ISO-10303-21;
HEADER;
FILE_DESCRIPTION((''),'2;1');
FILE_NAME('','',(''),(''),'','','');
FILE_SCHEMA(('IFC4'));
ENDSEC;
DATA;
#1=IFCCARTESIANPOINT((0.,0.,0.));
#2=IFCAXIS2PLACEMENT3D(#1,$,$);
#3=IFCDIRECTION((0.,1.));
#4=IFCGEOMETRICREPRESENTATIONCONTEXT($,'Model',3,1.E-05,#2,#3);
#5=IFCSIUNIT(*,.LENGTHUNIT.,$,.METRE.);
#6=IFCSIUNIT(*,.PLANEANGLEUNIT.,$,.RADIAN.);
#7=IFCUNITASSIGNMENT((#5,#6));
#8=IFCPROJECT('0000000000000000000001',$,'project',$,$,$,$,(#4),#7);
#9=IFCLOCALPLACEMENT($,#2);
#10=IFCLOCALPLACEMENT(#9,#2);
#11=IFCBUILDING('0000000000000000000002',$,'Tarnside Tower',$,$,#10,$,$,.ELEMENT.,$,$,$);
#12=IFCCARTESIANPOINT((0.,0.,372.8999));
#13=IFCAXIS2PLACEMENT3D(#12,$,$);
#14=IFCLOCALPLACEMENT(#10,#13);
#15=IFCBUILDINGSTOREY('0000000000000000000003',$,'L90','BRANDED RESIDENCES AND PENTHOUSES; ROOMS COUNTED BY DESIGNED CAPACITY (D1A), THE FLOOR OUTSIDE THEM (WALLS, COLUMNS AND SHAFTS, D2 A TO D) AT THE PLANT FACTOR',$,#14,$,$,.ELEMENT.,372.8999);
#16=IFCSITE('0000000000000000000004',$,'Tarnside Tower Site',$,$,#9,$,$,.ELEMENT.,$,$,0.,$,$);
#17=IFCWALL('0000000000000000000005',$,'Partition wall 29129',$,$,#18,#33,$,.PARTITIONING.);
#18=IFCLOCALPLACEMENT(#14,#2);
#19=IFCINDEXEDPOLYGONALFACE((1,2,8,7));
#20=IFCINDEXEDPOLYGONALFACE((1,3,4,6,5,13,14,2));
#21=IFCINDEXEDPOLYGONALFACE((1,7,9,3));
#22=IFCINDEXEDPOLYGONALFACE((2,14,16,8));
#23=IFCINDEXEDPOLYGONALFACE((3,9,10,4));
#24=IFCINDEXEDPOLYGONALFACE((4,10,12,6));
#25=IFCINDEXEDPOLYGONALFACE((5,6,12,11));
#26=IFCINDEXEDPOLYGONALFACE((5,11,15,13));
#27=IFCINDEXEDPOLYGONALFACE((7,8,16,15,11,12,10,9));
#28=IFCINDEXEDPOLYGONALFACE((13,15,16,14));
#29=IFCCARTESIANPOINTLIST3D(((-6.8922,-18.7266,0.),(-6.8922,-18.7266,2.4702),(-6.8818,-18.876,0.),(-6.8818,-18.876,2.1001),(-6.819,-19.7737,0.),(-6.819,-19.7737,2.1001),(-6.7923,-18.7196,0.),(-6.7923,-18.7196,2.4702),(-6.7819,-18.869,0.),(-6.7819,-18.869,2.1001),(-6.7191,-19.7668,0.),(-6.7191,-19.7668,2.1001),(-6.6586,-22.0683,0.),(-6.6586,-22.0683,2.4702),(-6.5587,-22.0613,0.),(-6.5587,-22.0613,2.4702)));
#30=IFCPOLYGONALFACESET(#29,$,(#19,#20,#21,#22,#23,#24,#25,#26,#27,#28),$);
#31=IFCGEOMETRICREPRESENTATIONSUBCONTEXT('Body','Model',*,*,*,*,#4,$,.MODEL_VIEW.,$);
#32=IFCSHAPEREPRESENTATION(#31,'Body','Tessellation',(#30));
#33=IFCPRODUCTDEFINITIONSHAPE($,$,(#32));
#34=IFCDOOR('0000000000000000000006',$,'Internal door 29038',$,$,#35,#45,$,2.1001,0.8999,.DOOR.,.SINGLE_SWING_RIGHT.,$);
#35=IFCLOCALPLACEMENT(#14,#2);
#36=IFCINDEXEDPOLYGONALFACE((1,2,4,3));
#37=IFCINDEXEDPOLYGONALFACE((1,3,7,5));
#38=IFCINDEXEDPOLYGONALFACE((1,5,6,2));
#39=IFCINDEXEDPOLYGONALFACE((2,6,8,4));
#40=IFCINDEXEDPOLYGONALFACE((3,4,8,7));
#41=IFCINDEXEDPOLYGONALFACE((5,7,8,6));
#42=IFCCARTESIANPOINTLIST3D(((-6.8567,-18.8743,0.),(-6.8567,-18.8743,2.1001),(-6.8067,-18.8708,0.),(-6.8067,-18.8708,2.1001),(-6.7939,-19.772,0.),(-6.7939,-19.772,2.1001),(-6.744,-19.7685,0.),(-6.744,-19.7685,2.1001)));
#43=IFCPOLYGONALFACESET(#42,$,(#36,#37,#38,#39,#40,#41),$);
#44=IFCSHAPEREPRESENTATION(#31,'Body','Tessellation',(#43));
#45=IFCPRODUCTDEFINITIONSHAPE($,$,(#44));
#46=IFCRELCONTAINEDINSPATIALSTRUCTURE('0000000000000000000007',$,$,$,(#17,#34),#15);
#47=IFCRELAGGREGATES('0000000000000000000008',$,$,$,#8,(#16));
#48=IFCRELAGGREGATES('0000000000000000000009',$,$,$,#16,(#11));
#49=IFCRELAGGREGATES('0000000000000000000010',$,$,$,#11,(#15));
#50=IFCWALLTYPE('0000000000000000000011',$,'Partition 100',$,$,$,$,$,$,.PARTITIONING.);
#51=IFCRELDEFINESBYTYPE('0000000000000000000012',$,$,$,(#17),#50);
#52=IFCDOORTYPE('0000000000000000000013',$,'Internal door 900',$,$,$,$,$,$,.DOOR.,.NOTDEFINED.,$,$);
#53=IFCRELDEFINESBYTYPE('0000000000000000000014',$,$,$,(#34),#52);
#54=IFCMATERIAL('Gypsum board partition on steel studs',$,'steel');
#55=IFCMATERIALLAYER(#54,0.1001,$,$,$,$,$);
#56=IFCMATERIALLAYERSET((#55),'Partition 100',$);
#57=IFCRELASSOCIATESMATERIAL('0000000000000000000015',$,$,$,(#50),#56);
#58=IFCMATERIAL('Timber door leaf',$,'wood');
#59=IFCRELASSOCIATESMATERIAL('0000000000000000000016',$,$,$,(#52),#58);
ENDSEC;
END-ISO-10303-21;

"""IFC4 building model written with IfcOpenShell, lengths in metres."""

from ifc_helpers import new_model, si_unit, direction, frame, frame_2d, origin, place, context, subcontext, project, spatial, rectangle, extrude, material, layer, layer_set, type_object, element, fill, save


model = new_model("IFC4")

# Units and contexts
model_context = context("Model", 3, precision=1e-05, world=origin(), true_north=direction((0.0, 1.0)))
body_context = subcontext(model_context, "Body", "Model", "MODEL_VIEW")
ifc_project = project(units=[si_unit("LENGTHUNIT", "METRE"), si_unit("PLANEANGLEUNIT", "RADIAN")], contexts=[model_context])

# Site, building, storey
site_placement = place(None, origin())
site = spatial("IfcSite", under=ifc_project, at=site_placement, Name="Tarnside Tower Site", CompositionType="ELEMENT", RefElevation=0.0)
building_placement = place(site_placement, origin())
building = spatial("IfcBuilding", under=site, at=building_placement, Name="Tarnside Tower", CompositionType="ELEMENT")
storey_placement = place(building_placement, frame((0.0, 0.0, 372.8999)))
storey = spatial("IfcBuildingStorey", under=building, at=storey_placement, Name="L90", Description="BRANDED RESIDENCES AND PENTHOUSES; ROOMS COUNTED BY DESIGNED CAPACITY (D1A), THE FLOOR OUTSIDE THEM (WALLS, COLUMNS AND SHAFTS, D2 A TO D) AT THE PLANT FACTOR", CompositionType="ELEMENT", Elevation=372.8999)

# Shared definitions
ifc_material_1 = material(Name="Gypsum board partition on steel studs", Category="steel")

# Wall, opening, door
ifc_layer_1 = layer(ifc_material_1, 0.1001)
ifc_layer_set_1 = layer_set([ifc_layer_1], Name="Partition 100")
wall_type_1 = type_object("IfcWallType", Name="Partition 100", PredefinedType="PARTITIONING", material=ifc_layer_set_1)
wall_1_placement = place(storey_placement, frame((-6.6086, -22.0647, 0.0), z_axis=(0.0, 0.0, 1.0), x_axis=(-0.069745, 0.997565, 0.0)))
wall_1 = element("IfcWall", 1, at=wall_1_placement, inside=storey, type_object=wall_type_1, Name="Partition wall 29129", PredefinedType="PARTITIONING", context=body_context, shape_type="SweptSolid", body=[
    extrude(rectangle(XDim=3.3499, YDim=0.1001, at=frame_2d((1.6748, 0.0))), origin(), (0.0, 0.0, 1.0), 2.4702),
])
opening_1_placement = place(wall_1_placement, frame((2.3, 0.0, 0.0)))
opening_1 = element("IfcOpeningElement", 2, at=opening_1_placement, cuts=wall_1, PredefinedType="OPENING", context=body_context, shape_type="SweptSolid", body=[
    extrude(rectangle(XDim=0.8999, YDim=2.1001, at=frame_2d((0.45, 1.05))), frame((0.0, 0.0601, 0.0), z_axis=(0.0, -1.0, 0.0), x_axis=(1.0, 0.0, 0.0)), (0.0, 0.0, 1.0), 0.1201),
])
ifc_material_2 = material(Name="Timber door leaf", Category="wood")
door_type_1 = type_object("IfcDoorType", Name="Internal door 900", OperationType="NOTDEFINED", PredefinedType="DOOR", material=ifc_material_2)
door_1_placement = place(opening_1_placement, origin())
door_1 = element("IfcDoor", 3, at=door_1_placement, inside=storey, type_object=door_type_1, Name="Internal door 29038", OperationType="SINGLE_SWING_RIGHT", OverallHeight=2.1001, OverallWidth=0.8999, PredefinedType="DOOR", context=body_context, shape_type="SweptSolid", body=[
    extrude(rectangle(XDim=0.8999, YDim=2.1001, at=frame_2d((0.45, 1.05))), frame((0.0, 0.0249, 0.0), z_axis=(0.0, -1.0, 0.0), x_axis=(1.0, 0.0, 0.0)), (0.0, 0.0, 1.0), 0.05),
])
fill(opening_1, door_1)

save(model, "model.ifc")
